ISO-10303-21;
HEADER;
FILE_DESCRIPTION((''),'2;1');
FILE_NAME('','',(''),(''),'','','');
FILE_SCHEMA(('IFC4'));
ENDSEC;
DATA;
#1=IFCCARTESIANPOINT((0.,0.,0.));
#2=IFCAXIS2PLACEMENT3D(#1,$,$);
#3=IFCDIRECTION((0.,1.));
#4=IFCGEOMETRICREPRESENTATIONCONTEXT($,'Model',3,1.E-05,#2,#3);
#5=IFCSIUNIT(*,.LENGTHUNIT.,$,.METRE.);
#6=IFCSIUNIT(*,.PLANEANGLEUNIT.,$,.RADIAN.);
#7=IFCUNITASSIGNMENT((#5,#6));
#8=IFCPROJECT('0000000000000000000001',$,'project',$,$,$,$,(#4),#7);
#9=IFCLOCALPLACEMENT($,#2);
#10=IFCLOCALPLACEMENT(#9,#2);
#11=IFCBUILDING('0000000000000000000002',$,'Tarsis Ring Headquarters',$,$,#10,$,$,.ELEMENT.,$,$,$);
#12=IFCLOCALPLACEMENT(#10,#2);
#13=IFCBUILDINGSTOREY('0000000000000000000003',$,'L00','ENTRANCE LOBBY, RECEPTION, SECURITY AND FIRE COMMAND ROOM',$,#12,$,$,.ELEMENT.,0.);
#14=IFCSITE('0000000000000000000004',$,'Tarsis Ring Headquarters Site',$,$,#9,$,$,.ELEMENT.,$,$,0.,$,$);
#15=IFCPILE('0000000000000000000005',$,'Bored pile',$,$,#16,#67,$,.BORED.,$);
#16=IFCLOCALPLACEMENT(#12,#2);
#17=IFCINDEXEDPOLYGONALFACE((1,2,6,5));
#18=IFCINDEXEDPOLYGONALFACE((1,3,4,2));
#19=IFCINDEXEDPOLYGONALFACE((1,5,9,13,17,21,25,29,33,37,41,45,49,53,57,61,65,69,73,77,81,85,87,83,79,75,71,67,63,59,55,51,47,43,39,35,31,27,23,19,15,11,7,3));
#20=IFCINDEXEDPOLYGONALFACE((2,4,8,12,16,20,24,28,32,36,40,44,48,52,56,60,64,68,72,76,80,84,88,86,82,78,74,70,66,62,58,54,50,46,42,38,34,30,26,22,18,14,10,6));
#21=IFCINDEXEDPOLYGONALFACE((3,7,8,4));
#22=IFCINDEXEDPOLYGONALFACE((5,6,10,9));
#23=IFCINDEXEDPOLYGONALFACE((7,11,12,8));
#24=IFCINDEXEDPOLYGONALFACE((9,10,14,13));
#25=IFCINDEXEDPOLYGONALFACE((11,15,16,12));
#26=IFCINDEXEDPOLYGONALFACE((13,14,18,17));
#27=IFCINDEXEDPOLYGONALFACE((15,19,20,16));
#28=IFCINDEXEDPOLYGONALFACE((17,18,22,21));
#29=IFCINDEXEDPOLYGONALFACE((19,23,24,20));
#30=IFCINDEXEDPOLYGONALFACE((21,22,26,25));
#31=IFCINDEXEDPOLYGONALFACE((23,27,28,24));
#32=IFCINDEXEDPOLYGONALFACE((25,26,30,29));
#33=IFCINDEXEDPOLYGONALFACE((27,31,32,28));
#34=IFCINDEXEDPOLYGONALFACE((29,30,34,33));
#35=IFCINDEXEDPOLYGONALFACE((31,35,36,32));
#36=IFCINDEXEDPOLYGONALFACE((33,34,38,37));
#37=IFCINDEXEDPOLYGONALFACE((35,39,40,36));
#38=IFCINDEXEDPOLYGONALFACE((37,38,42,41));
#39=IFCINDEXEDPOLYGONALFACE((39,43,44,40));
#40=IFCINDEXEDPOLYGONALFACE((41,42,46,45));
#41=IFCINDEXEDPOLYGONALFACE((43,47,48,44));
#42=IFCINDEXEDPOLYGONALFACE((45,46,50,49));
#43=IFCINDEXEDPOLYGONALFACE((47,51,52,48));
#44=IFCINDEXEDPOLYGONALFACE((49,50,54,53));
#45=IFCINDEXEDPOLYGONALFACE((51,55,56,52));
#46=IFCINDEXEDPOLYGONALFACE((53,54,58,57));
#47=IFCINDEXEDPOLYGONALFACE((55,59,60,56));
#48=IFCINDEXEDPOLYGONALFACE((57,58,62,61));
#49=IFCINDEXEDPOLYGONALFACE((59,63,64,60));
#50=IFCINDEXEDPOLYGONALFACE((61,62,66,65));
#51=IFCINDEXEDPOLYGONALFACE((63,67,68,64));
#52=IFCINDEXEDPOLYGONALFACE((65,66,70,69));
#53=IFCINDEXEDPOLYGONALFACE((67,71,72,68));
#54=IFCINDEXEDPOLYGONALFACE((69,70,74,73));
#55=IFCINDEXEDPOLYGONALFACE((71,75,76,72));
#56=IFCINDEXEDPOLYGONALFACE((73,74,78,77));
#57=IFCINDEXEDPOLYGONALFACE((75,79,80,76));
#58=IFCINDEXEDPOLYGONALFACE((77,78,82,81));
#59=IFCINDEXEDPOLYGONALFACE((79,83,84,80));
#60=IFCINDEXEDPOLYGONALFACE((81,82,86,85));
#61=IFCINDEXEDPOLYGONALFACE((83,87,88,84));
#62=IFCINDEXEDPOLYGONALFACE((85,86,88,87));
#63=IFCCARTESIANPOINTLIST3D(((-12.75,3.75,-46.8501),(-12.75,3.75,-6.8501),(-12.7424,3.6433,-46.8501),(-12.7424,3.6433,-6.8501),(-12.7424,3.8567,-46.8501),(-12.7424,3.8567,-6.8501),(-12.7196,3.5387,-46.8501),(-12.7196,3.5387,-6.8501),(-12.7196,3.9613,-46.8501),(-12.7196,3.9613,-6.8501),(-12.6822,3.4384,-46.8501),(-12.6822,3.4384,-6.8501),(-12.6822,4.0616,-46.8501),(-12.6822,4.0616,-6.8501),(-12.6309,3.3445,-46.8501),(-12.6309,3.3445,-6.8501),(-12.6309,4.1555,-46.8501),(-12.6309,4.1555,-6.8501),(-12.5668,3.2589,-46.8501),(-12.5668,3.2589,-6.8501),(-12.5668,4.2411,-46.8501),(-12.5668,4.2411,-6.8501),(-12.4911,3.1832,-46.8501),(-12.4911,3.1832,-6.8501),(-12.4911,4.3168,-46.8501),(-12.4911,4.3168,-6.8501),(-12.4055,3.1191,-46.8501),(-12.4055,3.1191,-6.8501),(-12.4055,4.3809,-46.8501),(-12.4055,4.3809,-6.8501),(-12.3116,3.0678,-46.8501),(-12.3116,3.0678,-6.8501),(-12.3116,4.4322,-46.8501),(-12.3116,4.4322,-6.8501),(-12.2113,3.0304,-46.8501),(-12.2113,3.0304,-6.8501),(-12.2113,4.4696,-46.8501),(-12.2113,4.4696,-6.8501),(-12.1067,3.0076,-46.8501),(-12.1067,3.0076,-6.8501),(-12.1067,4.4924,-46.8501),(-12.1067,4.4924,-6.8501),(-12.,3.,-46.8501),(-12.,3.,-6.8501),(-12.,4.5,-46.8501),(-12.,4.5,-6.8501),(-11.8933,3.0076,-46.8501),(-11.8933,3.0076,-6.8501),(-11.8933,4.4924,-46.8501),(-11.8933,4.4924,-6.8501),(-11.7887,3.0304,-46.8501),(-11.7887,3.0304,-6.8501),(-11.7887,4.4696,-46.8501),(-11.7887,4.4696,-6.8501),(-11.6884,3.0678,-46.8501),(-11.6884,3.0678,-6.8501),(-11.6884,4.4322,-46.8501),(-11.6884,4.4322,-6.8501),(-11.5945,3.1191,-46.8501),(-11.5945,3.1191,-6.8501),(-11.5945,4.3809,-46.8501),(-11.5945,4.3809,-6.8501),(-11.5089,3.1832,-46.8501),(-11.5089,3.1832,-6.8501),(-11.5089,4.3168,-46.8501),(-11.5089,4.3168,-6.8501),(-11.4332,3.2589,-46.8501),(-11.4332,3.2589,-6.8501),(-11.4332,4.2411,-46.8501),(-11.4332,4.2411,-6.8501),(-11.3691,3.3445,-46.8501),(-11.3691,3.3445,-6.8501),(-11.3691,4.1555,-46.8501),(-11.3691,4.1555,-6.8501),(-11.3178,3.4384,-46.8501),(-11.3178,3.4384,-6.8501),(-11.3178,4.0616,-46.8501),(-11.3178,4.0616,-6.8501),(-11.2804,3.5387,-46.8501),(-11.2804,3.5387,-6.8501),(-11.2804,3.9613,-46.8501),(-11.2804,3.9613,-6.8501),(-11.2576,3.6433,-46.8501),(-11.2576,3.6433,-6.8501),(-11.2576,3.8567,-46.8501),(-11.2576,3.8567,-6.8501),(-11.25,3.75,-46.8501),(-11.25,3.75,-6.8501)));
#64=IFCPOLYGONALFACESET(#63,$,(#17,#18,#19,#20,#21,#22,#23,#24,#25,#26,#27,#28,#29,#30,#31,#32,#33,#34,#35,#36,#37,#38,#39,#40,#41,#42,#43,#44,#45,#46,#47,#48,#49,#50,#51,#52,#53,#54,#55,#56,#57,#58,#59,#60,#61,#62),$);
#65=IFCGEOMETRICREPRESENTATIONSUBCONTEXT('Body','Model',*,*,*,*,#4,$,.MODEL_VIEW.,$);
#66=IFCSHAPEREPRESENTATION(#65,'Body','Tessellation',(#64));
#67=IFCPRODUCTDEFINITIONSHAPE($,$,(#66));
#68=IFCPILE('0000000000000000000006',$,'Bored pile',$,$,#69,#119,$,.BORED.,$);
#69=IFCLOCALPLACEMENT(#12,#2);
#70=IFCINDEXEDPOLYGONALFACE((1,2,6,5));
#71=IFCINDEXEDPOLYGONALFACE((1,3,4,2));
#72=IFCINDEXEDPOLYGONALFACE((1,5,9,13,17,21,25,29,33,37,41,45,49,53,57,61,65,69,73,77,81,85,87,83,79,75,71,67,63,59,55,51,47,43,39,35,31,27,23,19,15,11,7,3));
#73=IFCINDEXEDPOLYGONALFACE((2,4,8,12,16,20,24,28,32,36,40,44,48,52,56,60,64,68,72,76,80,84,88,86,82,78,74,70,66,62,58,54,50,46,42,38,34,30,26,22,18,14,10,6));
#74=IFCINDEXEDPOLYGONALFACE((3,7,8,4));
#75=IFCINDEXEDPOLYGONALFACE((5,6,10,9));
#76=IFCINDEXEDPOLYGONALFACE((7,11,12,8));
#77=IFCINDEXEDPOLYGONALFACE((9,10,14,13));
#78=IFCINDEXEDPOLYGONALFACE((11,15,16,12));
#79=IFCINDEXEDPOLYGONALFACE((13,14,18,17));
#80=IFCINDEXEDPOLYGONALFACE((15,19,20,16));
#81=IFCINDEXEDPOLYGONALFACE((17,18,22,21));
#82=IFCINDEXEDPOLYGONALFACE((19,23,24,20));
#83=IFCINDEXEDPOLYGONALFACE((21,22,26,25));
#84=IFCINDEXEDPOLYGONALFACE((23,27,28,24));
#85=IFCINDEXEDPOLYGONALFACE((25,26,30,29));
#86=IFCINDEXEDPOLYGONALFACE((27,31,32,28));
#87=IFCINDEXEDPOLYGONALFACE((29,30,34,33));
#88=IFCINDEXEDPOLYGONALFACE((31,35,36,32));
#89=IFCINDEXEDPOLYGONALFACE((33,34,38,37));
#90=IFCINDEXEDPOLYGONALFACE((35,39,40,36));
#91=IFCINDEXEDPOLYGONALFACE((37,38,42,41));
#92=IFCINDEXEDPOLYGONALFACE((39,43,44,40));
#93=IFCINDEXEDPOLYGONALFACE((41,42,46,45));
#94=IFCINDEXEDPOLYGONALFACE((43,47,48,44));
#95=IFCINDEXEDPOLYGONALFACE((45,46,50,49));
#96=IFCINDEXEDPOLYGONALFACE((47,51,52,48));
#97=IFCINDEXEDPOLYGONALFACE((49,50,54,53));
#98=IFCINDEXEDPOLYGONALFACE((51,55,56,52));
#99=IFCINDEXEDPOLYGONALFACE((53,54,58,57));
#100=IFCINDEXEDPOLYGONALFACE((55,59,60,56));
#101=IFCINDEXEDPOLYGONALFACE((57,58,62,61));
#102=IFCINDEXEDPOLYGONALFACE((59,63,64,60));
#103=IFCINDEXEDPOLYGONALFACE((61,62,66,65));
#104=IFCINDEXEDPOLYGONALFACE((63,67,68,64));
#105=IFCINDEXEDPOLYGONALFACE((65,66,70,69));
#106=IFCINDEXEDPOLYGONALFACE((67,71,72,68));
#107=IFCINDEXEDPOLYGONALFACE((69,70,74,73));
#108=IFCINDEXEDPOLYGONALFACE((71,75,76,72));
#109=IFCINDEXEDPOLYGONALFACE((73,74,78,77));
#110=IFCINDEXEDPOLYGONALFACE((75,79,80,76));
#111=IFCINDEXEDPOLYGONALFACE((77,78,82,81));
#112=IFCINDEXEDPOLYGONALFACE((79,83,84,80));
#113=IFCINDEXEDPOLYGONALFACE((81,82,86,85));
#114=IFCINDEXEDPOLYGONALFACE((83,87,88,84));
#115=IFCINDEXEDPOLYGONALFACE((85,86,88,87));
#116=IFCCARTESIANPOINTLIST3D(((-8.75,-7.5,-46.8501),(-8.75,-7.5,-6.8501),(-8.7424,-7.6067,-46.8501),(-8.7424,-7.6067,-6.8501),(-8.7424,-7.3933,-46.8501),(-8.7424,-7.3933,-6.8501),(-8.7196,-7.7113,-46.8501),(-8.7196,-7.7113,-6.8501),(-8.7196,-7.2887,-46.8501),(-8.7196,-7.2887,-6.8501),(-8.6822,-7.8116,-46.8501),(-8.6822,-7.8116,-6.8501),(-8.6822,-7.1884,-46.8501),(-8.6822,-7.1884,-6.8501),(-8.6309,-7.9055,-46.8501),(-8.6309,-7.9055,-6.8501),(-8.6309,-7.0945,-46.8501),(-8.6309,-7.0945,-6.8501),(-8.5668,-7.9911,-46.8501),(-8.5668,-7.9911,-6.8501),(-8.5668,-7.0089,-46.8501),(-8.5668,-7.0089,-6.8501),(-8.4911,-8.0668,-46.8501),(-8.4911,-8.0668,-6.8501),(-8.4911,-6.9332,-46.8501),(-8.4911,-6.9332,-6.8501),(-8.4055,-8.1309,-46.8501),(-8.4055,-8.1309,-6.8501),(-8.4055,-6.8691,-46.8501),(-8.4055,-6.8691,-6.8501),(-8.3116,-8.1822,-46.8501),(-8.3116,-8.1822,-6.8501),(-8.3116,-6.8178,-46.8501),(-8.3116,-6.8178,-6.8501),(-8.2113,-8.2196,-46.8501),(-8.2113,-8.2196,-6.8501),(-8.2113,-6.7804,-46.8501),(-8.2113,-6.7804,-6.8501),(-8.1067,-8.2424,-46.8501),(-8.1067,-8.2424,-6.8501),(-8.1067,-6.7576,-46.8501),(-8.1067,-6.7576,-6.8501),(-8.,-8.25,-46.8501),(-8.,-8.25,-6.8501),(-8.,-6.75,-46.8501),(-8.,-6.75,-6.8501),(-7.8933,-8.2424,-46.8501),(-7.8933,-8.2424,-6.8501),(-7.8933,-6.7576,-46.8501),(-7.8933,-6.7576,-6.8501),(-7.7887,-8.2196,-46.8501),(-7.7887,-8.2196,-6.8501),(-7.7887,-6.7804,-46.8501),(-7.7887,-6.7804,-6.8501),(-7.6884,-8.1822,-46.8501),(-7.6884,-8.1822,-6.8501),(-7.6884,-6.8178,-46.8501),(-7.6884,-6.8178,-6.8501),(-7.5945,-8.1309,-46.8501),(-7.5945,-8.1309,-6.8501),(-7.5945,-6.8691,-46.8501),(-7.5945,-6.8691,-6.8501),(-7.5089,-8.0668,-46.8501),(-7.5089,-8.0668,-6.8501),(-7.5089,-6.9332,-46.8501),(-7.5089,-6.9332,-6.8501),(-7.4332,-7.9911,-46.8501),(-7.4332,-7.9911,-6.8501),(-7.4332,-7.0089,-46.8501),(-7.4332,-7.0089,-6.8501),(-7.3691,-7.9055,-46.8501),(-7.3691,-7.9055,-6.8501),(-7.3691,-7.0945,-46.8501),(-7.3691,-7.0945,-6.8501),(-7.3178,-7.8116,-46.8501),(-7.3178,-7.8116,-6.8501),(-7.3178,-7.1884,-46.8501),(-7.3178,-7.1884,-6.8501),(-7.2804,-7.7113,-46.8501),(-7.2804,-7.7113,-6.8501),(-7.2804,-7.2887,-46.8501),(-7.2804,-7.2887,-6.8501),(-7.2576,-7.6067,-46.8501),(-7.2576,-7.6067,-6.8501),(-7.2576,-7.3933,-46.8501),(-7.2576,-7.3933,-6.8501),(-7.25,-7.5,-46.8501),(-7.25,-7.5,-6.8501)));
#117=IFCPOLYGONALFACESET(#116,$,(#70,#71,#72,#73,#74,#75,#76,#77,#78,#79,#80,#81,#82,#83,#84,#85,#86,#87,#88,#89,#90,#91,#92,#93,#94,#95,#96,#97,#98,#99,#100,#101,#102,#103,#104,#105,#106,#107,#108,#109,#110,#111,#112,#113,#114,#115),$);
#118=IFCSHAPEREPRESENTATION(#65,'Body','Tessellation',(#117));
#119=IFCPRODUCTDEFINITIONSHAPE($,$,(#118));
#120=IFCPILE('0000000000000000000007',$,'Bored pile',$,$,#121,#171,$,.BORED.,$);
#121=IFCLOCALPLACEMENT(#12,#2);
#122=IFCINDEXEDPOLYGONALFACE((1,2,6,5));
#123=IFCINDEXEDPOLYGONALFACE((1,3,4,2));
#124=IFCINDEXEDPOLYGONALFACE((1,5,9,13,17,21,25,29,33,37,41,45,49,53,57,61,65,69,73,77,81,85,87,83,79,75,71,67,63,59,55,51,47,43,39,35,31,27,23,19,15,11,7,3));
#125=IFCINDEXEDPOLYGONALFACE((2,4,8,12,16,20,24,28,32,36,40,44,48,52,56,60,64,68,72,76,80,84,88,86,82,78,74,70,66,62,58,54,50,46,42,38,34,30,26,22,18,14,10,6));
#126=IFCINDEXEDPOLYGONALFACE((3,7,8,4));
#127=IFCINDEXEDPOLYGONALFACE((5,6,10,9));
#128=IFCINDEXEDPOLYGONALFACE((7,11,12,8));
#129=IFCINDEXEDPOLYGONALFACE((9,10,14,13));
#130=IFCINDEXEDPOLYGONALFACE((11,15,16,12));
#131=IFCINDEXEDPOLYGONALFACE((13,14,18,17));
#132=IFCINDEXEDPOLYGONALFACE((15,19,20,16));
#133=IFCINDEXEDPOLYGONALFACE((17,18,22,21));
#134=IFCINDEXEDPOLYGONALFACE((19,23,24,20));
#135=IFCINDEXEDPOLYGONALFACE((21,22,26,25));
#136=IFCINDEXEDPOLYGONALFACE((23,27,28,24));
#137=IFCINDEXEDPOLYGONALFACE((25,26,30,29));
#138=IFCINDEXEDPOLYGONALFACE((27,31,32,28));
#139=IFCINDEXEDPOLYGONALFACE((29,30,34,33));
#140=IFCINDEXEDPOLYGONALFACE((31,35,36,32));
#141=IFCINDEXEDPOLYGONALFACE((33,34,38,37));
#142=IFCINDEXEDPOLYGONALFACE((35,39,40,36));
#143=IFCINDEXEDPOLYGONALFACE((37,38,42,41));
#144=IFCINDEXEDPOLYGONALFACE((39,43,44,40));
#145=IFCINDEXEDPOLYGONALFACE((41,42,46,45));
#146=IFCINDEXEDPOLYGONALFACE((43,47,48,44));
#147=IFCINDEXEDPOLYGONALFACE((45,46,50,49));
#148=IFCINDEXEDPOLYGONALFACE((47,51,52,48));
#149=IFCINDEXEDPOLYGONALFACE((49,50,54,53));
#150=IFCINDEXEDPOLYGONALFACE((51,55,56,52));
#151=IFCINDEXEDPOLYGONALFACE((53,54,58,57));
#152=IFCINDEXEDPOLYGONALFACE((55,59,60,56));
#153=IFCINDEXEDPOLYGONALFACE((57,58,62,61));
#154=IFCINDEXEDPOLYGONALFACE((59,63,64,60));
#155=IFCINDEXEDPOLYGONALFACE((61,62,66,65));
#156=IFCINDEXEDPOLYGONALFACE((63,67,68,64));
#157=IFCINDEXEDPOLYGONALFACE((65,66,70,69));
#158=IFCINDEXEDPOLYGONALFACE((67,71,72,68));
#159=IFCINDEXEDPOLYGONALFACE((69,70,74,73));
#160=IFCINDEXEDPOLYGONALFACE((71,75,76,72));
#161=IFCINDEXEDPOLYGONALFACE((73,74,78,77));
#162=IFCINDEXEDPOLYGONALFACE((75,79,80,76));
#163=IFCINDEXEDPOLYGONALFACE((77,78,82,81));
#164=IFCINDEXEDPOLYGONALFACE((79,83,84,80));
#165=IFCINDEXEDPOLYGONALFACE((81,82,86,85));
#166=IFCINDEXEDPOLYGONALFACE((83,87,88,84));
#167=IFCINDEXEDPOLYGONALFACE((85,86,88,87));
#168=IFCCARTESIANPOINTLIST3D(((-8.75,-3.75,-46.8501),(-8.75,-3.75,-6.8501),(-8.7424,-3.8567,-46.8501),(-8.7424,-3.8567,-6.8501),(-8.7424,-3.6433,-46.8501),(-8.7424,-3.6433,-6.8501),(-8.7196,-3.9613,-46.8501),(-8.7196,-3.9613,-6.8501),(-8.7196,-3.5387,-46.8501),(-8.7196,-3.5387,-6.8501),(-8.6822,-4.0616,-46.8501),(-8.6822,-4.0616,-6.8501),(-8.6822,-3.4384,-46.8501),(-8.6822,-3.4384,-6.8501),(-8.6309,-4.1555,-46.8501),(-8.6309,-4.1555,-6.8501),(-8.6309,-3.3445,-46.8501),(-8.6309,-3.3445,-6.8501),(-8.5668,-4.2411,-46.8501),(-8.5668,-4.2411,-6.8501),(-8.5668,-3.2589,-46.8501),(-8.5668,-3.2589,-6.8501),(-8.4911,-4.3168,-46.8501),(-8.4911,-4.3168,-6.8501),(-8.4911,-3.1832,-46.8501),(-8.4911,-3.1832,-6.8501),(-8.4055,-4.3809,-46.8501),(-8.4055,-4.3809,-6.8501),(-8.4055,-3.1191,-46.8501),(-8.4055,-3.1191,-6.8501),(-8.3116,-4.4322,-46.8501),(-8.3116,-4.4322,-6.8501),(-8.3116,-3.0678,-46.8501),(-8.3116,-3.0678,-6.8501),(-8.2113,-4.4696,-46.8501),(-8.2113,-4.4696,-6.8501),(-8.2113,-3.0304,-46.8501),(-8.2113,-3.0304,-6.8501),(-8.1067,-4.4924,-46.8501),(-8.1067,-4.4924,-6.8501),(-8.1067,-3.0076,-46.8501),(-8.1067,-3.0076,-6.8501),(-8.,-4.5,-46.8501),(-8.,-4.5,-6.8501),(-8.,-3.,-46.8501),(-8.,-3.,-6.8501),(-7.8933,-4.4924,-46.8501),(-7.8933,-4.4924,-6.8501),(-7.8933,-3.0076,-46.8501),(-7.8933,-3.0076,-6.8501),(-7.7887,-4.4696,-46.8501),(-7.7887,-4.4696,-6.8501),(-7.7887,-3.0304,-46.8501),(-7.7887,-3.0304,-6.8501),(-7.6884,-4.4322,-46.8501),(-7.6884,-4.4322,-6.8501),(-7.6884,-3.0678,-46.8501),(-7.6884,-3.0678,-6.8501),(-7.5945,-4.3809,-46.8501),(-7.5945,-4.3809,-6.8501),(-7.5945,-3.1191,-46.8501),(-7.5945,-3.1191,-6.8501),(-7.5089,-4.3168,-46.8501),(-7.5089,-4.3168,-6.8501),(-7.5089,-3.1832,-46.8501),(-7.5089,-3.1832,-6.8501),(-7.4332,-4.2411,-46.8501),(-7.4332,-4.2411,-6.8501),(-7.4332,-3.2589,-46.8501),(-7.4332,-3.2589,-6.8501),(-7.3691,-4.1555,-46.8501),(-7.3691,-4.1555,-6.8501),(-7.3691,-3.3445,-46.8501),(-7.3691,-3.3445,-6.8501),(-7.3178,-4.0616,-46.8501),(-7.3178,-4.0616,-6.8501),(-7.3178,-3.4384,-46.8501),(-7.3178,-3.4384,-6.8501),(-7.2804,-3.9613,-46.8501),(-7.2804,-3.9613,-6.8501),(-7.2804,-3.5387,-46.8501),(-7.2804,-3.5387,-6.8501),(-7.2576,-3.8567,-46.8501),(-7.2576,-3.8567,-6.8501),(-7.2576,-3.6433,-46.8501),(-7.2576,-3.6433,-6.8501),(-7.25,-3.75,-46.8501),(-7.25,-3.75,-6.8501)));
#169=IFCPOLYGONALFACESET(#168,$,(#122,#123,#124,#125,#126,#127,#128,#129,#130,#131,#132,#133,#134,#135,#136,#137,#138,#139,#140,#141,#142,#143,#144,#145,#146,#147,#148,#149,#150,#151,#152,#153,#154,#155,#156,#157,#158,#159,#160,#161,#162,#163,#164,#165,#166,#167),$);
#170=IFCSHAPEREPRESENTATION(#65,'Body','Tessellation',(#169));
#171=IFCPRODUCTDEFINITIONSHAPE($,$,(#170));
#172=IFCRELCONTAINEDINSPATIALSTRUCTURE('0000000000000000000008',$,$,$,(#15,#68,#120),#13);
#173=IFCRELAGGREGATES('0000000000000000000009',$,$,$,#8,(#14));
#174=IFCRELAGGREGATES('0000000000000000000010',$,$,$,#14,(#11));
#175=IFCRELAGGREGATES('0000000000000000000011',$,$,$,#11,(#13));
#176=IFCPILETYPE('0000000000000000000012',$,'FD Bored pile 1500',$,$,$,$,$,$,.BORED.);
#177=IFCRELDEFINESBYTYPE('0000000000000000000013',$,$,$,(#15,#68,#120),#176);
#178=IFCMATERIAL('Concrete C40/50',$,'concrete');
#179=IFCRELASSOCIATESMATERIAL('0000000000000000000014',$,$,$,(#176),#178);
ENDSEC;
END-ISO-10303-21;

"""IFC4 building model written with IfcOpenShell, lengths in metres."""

from ifc_helpers import new_model, si_unit, direction, frame, origin, origin_2d, place, context, subcontext, project, spatial, circle, extrude, material, material_profile, profile_set, type_object, element, save


model = new_model("IFC4")

# Units and contexts
model_context = context("Model", 3, precision=1e-05, world=origin(), true_north=direction((0.0, 1.0)))
body_context = subcontext(model_context, "Body", "Model", "MODEL_VIEW")
ifc_project = project(units=[si_unit("LENGTHUNIT", "METRE"), si_unit("PLANEANGLEUNIT", "RADIAN")], contexts=[model_context])

# Site, building, storey
site_placement = place(None, origin())
site = spatial("IfcSite", under=ifc_project, at=site_placement, Name="Tarsis Ring Headquarters Site", CompositionType="ELEMENT", RefElevation=0.0)
building_placement = place(site_placement, origin())
building = spatial("IfcBuilding", under=site, at=building_placement, Name="Tarsis Ring Headquarters", CompositionType="ELEMENT")
storey_placement = place(building_placement, origin())
storey = spatial("IfcBuildingStorey", under=building, at=storey_placement, Name="L00", Description="ENTRANCE LOBBY, RECEPTION, SECURITY AND FIRE COMMAND ROOM", CompositionType="ELEMENT", Elevation=0.0)

# Piles
ifc_material_1 = material(Name="Concrete C40/50", Category="concrete")
ifc_material_profile = material_profile(ifc_material_1, circle(Radius=0.75, at=origin_2d()), Name="BORED 1500")
ifc_profile_set = profile_set([ifc_material_profile], Name="Concrete C40/50")
pile_type = type_object("IfcPileType", Name="FD Bored pile 1500", PredefinedType="BORED", material=ifc_profile_set)
for number, where, z_axis, x_axis, name in (
    (1, (-12.0, 3.75, -6.8501), (0.0, 0.0, -1.0), (1.0, 0.0, 0.0), "Bored pile"),
    (2, (-8.0, -7.5, -6.8501), (0.0, 0.0, -1.0), (1.0, 0.0, 0.0), "Bored pile"),
    (3, (-8.0, -3.75, -6.8501), (0.0, 0.0, -1.0), (1.0, 0.0, 0.0), "Bored pile"),
):
    element("IfcPile", number, at=place(storey_placement, frame(where, z_axis=z_axis, x_axis=x_axis)), inside=storey, type_object=pile_type, Name=name, PredefinedType="BORED", context=body_context, shape_type="SweptSolid", body=[
        extrude(circle(Radius=0.75, at=origin_2d()), origin(), (0.0, 0.0, 1.0), 40.0),
    ])

save(model, "model.ifc")
